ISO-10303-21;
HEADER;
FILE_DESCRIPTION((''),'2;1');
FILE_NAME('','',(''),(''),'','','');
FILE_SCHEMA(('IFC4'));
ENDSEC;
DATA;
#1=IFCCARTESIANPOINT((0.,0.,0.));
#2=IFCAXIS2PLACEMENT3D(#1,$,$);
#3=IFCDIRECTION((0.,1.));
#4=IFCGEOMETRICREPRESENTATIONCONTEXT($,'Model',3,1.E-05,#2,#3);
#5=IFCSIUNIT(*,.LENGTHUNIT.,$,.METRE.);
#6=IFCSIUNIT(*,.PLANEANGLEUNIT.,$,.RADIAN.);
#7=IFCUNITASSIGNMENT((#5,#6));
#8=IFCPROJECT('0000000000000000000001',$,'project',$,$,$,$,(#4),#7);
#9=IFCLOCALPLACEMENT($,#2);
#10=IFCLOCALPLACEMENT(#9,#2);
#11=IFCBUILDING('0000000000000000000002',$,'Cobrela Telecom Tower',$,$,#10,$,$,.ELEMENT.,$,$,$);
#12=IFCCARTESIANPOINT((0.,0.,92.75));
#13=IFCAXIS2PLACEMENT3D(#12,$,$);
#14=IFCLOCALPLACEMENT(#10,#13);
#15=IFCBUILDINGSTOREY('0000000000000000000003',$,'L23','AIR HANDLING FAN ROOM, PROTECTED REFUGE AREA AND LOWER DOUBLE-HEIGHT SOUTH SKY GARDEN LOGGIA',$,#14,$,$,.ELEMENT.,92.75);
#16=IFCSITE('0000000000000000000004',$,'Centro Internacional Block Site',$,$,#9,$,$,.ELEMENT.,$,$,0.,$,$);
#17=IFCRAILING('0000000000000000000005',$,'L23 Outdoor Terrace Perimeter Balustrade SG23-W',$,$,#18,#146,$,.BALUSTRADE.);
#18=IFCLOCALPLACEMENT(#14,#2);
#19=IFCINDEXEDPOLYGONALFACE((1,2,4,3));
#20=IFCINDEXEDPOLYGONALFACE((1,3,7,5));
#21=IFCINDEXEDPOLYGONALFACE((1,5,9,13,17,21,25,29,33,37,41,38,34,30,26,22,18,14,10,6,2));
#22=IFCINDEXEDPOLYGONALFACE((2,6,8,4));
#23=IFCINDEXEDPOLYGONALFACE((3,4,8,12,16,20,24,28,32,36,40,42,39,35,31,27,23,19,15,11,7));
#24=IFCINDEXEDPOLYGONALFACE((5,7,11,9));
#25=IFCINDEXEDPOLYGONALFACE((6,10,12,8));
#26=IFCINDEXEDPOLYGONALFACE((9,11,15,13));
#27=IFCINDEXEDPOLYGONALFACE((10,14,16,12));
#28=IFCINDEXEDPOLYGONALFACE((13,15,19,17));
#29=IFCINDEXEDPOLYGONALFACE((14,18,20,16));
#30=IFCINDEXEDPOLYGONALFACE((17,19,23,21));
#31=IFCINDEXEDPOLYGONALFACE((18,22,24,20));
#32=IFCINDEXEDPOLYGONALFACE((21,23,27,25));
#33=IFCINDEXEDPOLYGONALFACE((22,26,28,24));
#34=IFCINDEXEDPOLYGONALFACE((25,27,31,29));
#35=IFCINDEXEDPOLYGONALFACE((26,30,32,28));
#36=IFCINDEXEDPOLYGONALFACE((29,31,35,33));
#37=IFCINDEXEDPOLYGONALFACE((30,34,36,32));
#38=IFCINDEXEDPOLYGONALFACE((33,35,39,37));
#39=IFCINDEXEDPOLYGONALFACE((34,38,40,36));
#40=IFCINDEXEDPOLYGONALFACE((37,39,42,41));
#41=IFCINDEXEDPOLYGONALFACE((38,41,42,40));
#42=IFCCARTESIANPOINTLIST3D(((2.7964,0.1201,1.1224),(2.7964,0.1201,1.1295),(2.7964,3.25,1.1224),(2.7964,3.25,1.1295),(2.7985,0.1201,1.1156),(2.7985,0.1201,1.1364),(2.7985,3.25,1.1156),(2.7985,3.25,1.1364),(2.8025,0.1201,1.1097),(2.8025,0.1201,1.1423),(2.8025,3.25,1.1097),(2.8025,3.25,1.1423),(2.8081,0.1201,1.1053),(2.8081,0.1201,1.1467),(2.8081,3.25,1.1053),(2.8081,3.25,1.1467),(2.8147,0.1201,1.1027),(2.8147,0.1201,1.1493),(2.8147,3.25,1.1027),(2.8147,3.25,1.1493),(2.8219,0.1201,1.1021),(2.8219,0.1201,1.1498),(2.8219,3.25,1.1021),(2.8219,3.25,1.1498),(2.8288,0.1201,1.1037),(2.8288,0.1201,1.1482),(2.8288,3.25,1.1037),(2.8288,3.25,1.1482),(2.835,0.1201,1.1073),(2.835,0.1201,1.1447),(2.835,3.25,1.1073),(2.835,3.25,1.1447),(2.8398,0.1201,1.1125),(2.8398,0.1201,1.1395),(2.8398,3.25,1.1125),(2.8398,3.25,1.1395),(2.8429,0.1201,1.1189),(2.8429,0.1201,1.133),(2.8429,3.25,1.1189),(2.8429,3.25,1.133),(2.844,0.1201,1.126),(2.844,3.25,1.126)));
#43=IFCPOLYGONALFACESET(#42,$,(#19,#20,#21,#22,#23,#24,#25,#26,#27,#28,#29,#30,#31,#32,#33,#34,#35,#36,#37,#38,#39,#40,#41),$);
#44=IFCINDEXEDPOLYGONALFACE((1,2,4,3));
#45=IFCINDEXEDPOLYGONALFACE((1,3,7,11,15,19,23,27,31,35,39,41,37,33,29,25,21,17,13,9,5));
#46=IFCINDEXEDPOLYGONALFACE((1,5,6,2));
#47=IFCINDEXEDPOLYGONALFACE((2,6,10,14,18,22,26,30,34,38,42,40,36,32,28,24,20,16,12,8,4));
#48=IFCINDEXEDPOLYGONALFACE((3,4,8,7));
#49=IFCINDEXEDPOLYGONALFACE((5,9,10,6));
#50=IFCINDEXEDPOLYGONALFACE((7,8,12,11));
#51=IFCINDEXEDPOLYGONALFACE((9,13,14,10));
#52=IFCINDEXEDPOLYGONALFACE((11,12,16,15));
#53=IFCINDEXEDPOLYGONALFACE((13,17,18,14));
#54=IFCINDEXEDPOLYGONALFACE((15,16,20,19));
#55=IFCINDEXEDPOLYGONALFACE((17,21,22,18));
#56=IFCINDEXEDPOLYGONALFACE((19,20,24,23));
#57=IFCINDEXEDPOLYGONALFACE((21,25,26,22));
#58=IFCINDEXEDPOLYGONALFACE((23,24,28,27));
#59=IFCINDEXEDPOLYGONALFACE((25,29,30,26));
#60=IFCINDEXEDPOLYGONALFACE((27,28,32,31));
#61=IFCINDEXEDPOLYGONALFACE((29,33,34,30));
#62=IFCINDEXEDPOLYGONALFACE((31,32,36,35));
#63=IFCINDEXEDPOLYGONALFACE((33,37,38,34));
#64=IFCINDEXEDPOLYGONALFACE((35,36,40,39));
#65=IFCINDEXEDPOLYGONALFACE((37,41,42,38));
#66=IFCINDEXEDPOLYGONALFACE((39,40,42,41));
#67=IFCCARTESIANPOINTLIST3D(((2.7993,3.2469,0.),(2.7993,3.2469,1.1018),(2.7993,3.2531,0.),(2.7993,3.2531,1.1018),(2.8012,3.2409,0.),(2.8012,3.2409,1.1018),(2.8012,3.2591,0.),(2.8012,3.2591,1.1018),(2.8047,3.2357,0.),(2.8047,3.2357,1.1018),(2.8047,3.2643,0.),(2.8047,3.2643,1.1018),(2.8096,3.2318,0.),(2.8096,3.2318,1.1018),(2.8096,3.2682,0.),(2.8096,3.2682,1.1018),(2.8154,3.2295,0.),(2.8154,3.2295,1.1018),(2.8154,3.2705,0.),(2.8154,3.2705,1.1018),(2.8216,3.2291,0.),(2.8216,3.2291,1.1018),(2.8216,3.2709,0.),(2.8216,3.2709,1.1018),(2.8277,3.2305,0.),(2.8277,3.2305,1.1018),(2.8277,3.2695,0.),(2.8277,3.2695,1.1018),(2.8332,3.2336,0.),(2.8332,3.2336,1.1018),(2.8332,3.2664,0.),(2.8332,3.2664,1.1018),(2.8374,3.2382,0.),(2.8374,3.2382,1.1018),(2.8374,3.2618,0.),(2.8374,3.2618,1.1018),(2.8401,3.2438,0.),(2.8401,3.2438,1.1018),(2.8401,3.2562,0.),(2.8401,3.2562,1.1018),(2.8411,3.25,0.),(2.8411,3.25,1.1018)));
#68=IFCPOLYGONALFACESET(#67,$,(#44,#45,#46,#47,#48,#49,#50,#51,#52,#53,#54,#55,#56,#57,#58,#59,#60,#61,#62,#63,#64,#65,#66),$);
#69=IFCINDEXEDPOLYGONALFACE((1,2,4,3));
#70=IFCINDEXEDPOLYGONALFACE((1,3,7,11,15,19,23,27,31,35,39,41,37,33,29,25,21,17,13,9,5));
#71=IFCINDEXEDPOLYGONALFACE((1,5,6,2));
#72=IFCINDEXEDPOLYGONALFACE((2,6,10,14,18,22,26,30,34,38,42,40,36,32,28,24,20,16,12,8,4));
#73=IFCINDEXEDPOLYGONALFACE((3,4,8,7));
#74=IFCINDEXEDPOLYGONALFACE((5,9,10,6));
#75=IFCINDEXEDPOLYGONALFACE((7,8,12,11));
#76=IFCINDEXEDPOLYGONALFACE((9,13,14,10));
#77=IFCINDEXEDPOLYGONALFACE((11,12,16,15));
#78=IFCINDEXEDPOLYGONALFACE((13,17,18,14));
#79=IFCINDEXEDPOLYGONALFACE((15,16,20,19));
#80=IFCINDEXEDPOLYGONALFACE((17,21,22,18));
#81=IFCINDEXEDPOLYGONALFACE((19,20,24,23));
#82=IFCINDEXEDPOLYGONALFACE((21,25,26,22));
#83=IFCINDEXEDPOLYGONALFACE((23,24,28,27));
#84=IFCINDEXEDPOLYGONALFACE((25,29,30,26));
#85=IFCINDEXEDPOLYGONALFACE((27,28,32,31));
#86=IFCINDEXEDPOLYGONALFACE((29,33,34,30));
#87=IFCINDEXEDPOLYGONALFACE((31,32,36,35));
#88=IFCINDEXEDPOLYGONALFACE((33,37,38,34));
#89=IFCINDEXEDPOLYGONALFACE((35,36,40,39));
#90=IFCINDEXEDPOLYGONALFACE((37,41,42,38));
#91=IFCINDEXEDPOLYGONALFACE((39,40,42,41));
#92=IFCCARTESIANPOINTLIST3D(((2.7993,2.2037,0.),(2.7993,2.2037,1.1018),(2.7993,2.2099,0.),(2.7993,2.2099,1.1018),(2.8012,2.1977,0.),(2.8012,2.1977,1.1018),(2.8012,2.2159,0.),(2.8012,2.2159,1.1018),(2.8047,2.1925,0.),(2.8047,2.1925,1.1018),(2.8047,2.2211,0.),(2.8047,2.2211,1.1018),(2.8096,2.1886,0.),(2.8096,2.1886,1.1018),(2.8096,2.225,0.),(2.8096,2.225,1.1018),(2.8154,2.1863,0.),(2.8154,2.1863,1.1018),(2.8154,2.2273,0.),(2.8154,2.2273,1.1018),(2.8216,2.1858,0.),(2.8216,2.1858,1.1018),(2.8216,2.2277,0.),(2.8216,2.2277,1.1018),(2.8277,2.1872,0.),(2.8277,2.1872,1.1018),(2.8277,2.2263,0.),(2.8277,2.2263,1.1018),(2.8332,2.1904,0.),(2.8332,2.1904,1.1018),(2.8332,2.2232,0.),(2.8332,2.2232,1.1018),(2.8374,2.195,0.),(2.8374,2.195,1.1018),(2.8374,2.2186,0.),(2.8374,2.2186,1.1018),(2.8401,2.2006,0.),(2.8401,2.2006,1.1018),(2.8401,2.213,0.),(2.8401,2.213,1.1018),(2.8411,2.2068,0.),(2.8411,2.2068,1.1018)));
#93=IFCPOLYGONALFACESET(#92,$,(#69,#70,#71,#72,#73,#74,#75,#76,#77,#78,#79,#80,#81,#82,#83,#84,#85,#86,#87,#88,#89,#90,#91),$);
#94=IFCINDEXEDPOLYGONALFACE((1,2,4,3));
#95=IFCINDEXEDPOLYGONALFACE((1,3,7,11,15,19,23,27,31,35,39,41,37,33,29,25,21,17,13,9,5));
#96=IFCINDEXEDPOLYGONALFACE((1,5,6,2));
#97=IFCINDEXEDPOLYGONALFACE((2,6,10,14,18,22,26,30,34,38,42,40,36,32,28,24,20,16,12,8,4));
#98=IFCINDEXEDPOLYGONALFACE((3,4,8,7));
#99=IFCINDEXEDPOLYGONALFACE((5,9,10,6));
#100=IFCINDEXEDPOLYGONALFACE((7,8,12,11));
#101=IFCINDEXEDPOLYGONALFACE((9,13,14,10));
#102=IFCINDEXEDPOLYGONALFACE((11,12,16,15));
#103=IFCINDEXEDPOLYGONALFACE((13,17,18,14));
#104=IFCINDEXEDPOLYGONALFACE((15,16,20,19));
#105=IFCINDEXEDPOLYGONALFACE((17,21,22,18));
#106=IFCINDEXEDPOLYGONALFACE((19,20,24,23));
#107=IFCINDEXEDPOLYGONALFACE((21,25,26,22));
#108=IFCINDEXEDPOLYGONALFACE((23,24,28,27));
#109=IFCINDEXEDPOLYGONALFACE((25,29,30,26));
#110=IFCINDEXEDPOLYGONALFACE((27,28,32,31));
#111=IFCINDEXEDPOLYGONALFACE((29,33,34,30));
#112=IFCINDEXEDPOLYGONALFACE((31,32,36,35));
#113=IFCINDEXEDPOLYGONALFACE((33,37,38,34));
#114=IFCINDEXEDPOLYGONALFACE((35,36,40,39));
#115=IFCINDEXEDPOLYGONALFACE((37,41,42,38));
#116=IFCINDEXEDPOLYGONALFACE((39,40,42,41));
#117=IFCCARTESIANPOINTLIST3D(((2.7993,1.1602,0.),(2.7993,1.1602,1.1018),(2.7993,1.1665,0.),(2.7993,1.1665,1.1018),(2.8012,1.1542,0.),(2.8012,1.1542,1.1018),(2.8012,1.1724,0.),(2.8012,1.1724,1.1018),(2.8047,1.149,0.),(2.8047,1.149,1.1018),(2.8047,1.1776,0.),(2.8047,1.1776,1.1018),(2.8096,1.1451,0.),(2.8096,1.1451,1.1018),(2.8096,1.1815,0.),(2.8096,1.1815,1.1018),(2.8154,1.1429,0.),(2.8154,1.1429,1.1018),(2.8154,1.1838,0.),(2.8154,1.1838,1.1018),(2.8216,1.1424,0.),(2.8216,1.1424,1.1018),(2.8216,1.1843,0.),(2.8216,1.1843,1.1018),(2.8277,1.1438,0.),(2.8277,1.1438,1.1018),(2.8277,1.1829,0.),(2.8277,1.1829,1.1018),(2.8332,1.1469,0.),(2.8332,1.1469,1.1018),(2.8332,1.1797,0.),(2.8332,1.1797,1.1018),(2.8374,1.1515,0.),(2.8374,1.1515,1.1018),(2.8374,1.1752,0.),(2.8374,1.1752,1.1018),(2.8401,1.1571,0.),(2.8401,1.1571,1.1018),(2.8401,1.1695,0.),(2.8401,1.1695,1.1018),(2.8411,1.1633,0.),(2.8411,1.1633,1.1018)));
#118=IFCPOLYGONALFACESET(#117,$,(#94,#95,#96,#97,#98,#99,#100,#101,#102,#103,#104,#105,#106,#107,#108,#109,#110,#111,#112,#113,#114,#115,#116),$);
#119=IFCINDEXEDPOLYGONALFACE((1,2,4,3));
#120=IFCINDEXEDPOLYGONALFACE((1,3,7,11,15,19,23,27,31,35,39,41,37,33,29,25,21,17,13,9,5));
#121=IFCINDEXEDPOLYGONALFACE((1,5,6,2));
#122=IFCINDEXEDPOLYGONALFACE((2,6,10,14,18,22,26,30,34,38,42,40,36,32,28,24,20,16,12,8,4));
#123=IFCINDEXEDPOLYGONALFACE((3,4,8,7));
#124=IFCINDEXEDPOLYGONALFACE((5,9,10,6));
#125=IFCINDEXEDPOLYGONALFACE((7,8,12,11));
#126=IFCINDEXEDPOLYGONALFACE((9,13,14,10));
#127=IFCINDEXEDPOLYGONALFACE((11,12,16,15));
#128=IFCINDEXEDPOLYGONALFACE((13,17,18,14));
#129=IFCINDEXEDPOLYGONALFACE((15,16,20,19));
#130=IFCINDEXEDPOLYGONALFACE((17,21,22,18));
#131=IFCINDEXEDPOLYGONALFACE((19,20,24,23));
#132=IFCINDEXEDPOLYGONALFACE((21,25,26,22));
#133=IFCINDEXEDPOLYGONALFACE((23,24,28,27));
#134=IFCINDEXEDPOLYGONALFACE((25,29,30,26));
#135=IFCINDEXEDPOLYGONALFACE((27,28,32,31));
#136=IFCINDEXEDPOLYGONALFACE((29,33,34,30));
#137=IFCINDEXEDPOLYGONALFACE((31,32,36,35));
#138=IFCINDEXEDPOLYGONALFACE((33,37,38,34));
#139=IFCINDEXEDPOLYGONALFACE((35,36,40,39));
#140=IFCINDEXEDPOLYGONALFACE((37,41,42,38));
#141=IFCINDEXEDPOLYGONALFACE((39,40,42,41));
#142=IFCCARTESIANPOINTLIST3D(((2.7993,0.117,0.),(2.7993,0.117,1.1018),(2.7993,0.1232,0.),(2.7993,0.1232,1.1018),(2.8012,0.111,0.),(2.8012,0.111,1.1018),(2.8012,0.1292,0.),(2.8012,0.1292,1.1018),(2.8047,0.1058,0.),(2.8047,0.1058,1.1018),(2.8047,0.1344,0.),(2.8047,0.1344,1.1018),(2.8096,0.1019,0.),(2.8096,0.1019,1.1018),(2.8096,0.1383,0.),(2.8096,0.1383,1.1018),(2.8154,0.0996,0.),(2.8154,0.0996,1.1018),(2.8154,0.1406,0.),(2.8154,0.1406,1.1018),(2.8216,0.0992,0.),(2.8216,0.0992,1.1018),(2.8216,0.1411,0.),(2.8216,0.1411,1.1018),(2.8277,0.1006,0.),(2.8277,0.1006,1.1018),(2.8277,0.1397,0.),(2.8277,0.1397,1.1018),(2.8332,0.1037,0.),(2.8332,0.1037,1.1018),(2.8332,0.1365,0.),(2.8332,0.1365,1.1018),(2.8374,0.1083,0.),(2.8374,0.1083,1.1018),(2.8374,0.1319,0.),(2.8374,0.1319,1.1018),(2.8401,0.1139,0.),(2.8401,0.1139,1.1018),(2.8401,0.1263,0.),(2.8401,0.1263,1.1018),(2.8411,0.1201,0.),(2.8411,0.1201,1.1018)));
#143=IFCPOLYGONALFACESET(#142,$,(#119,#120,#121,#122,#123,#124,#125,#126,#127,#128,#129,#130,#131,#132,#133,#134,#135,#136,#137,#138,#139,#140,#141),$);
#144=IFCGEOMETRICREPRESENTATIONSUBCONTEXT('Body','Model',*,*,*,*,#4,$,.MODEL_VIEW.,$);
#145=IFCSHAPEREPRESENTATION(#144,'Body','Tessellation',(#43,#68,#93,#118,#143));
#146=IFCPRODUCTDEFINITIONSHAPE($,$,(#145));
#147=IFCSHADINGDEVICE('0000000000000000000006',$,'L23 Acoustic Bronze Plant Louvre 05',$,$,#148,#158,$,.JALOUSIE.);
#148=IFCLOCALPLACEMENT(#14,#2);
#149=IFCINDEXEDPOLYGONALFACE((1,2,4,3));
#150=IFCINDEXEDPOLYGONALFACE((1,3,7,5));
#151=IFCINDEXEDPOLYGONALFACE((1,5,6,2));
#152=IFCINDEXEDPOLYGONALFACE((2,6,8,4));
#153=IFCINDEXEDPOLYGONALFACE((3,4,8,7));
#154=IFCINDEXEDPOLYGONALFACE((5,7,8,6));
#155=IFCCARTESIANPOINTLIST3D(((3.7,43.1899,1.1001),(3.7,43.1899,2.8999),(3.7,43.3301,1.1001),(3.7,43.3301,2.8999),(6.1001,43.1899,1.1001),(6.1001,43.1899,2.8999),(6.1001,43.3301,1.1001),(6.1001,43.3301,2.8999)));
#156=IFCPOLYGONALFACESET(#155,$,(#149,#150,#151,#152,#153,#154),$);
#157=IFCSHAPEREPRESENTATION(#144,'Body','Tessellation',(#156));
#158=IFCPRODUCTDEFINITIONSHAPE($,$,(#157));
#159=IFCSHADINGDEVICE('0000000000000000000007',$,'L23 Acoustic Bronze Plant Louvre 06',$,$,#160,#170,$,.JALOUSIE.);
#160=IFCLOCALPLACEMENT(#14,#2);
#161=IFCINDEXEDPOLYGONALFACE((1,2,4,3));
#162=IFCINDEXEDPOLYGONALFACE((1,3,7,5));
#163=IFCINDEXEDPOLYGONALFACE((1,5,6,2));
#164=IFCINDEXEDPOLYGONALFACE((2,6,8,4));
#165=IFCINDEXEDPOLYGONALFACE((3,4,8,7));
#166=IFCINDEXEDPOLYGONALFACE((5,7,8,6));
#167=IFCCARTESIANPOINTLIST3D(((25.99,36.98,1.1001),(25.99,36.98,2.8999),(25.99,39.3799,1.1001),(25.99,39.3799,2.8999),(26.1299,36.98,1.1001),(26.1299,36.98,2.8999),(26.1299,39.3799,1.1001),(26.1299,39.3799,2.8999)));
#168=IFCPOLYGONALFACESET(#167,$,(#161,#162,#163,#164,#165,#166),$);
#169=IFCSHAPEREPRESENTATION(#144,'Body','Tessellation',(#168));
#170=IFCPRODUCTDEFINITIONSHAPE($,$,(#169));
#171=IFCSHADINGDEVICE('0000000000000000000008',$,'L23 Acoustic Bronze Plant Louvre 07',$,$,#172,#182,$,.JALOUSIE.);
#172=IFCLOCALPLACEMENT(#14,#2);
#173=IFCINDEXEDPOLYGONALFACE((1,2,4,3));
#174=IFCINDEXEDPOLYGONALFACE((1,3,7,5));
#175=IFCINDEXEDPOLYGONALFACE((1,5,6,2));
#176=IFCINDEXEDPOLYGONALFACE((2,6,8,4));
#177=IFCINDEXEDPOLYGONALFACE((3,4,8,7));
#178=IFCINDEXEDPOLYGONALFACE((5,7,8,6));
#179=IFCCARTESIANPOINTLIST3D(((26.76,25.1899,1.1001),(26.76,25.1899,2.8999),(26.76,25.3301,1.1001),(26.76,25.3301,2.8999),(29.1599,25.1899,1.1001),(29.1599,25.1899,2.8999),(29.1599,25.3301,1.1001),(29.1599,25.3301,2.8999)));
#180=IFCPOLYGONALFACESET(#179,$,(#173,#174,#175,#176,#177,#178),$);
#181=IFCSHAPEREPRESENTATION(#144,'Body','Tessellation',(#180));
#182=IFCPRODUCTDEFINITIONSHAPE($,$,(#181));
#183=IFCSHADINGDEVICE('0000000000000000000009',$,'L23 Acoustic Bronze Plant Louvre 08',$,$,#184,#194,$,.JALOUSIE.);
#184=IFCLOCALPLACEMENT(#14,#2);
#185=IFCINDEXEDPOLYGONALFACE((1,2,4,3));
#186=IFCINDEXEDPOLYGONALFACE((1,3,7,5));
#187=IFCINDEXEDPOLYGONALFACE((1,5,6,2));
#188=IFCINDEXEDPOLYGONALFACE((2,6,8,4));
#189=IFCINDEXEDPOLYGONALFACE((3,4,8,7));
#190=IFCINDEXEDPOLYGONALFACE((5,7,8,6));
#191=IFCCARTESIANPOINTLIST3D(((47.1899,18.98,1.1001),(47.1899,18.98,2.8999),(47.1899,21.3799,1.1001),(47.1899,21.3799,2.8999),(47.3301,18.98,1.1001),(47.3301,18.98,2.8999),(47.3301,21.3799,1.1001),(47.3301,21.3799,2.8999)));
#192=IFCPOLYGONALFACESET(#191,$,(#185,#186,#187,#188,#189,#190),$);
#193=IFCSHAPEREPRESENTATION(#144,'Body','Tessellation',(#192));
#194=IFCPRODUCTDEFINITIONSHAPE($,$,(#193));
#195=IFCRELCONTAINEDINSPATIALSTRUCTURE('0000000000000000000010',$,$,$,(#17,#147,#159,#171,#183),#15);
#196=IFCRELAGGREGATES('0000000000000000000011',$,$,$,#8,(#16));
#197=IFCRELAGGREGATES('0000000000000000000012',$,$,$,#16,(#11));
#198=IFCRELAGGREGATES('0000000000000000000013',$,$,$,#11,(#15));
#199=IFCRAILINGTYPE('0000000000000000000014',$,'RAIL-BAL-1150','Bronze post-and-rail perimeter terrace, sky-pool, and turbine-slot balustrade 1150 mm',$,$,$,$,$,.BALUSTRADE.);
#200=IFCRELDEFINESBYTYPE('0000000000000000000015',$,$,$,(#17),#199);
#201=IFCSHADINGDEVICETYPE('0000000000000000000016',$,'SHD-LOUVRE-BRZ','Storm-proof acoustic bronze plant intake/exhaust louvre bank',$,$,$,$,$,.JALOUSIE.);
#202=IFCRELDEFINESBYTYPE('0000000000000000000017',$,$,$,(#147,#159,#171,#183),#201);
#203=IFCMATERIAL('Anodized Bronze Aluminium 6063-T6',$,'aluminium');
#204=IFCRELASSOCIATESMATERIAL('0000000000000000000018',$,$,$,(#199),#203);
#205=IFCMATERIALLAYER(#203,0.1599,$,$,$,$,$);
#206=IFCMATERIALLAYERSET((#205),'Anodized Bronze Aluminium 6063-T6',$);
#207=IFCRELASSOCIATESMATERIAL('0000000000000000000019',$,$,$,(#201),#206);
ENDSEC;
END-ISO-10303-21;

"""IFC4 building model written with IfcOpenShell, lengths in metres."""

from ifc_helpers import new_model, si_unit, direction, frame, origin, origin_2d, place, context, subcontext, project, spatial, polyline, circle, outline, extrude, material, layer, layer_set, type_object, element, save


model = new_model("IFC4")

# Units and contexts
model_context = context("Model", 3, precision=1e-05, world=origin(), true_north=direction((0.0, 1.0)))
body_context = subcontext(model_context, "Body", "Model", "MODEL_VIEW")
ifc_project = project(units=[si_unit("LENGTHUNIT", "METRE"), si_unit("PLANEANGLEUNIT", "RADIAN")], contexts=[model_context])

# Site, building, storey
site_placement = place(None, origin())
site = spatial("IfcSite", under=ifc_project, at=site_placement, Name="Centro Internacional Block Site", CompositionType="ELEMENT", RefElevation=0.0)
building_placement = place(site_placement, origin())
building = spatial("IfcBuilding", under=site, at=building_placement, Name="Cobrela Telecom Tower", CompositionType="ELEMENT")
storey_placement = place(building_placement, frame((0.0, 0.0, 92.75)))
storey = spatial("IfcBuildingStorey", under=building, at=storey_placement, Name="L23", Description="AIR HANDLING FAN ROOM, PROTECTED REFUGE AREA AND LOWER DOUBLE-HEIGHT SOUTH SKY GARDEN LOGGIA", CompositionType="ELEMENT", Elevation=92.75)

# Railing
ifc_material_1 = material(Name="Anodized Bronze Aluminium 6063-T6", Category="aluminium")
railing_type = type_object("IfcRailingType", Name="RAIL-BAL-1150", Description="Bronze post-and-rail perimeter terrace, sky-pool, and turbine-slot balustrade 1150 mm", PredefinedType="BALUSTRADE", material=ifc_material_1)
railing_1_placement = place(storey_placement, frame((2.8201, 3.25, 0.0)))
element("IfcRailing", 1, at=railing_1_placement, inside=storey, type_object=railing_type, Name="L23 Outdoor Terrace Perimeter Balustrade SG23-W", PredefinedType="BALUSTRADE", context=body_context, shape_type="SweptSolid", body=[
    extrude(circle(Radius=0.0239, at=origin_2d()), frame((0.0, 0.0, 1.126), z_axis=(0.0, -1.0, 0.0), x_axis=(1.0, 0.0, 0.0)), (0.0, 0.0, 1.0), 3.1299),
    extrude(circle(Radius=0.021, at=origin_2d()), origin(), (0.0, 0.0, 1.0), 1.1018),
    extrude(circle(Radius=0.021, at=origin_2d()), frame((0.0, -1.0432, 0.0)), (0.0, 0.0, 1.0), 1.1018),
    extrude(circle(Radius=0.021, at=origin_2d()), frame((0.0, -2.0867, 0.0)), (0.0, 0.0, 1.0), 1.1018),
    extrude(circle(Radius=0.021, at=origin_2d()), frame((0.0, -3.1299, 0.0)), (0.0, 0.0, 1.0), 1.1018),
])

# Shading devices
ifc_layer_1 = layer(ifc_material_1, 0.1599)
ifc_layer_set_1 = layer_set([ifc_layer_1], Name="Anodized Bronze Aluminium 6063-T6")
shading_device_type = type_object("IfcShadingDeviceType", Name="SHD-LOUVRE-BRZ", Description="Storm-proof acoustic bronze plant intake/exhaust louvre bank", PredefinedType="JALOUSIE", material=ifc_layer_set_1)
shading_device_1_placement = place(storey_placement, frame((0.0, 0.0, 1.1001)))
element("IfcShadingDevice", 2, at=shading_device_1_placement, inside=storey, type_object=shading_device_type, Name="L23 Acoustic Bronze Plant Louvre 05", PredefinedType="JALOUSIE", context=body_context, shape_type="SweptSolid", body=[
    extrude(outline(polyline([(3.7, 43.1899), (6.1001, 43.1899), (6.1001, 43.3301), (3.7, 43.3301), (3.7, 43.1899)])), origin(), (0.0, 0.0, 1.0), 1.7998),
])
shading_device_2_placement = place(storey_placement, frame((0.0, 0.0, 1.1001)))
element("IfcShadingDevice", 3, at=shading_device_2_placement, inside=storey, type_object=shading_device_type, Name="L23 Acoustic Bronze Plant Louvre 06", PredefinedType="JALOUSIE", context=body_context, shape_type="SweptSolid", body=[
    extrude(outline(polyline([(25.99, 39.3799), (25.99, 36.98), (26.1299, 36.98), (26.1299, 39.3799), (25.99, 39.3799)])), origin(), (0.0, 0.0, 1.0), 1.7998),
])
shading_device_3_placement = place(storey_placement, frame((0.0, 0.0, 1.1001)))
element("IfcShadingDevice", 4, at=shading_device_3_placement, inside=storey, type_object=shading_device_type, Name="L23 Acoustic Bronze Plant Louvre 07", PredefinedType="JALOUSIE", context=body_context, shape_type="SweptSolid", body=[
    extrude(outline(polyline([(26.76, 25.1899), (29.1599, 25.1899), (29.1599, 25.3301), (26.76, 25.3301), (26.76, 25.1899)])), origin(), (0.0, 0.0, 1.0), 1.7998),
])
shading_device_4_placement = place(storey_placement, frame((0.0, 0.0, 1.1001)))
element("IfcShadingDevice", 5, at=shading_device_4_placement, inside=storey, type_object=shading_device_type, Name="L23 Acoustic Bronze Plant Louvre 08", PredefinedType="JALOUSIE", context=body_context, shape_type="SweptSolid", body=[
    extrude(outline(polyline([(47.1899, 21.3799), (47.1899, 18.98), (47.3301, 18.98), (47.3301, 21.3799), (47.1899, 21.3799)])), origin(), (0.0, 0.0, 1.0), 1.7998),
])

save(model, "model.ifc")
